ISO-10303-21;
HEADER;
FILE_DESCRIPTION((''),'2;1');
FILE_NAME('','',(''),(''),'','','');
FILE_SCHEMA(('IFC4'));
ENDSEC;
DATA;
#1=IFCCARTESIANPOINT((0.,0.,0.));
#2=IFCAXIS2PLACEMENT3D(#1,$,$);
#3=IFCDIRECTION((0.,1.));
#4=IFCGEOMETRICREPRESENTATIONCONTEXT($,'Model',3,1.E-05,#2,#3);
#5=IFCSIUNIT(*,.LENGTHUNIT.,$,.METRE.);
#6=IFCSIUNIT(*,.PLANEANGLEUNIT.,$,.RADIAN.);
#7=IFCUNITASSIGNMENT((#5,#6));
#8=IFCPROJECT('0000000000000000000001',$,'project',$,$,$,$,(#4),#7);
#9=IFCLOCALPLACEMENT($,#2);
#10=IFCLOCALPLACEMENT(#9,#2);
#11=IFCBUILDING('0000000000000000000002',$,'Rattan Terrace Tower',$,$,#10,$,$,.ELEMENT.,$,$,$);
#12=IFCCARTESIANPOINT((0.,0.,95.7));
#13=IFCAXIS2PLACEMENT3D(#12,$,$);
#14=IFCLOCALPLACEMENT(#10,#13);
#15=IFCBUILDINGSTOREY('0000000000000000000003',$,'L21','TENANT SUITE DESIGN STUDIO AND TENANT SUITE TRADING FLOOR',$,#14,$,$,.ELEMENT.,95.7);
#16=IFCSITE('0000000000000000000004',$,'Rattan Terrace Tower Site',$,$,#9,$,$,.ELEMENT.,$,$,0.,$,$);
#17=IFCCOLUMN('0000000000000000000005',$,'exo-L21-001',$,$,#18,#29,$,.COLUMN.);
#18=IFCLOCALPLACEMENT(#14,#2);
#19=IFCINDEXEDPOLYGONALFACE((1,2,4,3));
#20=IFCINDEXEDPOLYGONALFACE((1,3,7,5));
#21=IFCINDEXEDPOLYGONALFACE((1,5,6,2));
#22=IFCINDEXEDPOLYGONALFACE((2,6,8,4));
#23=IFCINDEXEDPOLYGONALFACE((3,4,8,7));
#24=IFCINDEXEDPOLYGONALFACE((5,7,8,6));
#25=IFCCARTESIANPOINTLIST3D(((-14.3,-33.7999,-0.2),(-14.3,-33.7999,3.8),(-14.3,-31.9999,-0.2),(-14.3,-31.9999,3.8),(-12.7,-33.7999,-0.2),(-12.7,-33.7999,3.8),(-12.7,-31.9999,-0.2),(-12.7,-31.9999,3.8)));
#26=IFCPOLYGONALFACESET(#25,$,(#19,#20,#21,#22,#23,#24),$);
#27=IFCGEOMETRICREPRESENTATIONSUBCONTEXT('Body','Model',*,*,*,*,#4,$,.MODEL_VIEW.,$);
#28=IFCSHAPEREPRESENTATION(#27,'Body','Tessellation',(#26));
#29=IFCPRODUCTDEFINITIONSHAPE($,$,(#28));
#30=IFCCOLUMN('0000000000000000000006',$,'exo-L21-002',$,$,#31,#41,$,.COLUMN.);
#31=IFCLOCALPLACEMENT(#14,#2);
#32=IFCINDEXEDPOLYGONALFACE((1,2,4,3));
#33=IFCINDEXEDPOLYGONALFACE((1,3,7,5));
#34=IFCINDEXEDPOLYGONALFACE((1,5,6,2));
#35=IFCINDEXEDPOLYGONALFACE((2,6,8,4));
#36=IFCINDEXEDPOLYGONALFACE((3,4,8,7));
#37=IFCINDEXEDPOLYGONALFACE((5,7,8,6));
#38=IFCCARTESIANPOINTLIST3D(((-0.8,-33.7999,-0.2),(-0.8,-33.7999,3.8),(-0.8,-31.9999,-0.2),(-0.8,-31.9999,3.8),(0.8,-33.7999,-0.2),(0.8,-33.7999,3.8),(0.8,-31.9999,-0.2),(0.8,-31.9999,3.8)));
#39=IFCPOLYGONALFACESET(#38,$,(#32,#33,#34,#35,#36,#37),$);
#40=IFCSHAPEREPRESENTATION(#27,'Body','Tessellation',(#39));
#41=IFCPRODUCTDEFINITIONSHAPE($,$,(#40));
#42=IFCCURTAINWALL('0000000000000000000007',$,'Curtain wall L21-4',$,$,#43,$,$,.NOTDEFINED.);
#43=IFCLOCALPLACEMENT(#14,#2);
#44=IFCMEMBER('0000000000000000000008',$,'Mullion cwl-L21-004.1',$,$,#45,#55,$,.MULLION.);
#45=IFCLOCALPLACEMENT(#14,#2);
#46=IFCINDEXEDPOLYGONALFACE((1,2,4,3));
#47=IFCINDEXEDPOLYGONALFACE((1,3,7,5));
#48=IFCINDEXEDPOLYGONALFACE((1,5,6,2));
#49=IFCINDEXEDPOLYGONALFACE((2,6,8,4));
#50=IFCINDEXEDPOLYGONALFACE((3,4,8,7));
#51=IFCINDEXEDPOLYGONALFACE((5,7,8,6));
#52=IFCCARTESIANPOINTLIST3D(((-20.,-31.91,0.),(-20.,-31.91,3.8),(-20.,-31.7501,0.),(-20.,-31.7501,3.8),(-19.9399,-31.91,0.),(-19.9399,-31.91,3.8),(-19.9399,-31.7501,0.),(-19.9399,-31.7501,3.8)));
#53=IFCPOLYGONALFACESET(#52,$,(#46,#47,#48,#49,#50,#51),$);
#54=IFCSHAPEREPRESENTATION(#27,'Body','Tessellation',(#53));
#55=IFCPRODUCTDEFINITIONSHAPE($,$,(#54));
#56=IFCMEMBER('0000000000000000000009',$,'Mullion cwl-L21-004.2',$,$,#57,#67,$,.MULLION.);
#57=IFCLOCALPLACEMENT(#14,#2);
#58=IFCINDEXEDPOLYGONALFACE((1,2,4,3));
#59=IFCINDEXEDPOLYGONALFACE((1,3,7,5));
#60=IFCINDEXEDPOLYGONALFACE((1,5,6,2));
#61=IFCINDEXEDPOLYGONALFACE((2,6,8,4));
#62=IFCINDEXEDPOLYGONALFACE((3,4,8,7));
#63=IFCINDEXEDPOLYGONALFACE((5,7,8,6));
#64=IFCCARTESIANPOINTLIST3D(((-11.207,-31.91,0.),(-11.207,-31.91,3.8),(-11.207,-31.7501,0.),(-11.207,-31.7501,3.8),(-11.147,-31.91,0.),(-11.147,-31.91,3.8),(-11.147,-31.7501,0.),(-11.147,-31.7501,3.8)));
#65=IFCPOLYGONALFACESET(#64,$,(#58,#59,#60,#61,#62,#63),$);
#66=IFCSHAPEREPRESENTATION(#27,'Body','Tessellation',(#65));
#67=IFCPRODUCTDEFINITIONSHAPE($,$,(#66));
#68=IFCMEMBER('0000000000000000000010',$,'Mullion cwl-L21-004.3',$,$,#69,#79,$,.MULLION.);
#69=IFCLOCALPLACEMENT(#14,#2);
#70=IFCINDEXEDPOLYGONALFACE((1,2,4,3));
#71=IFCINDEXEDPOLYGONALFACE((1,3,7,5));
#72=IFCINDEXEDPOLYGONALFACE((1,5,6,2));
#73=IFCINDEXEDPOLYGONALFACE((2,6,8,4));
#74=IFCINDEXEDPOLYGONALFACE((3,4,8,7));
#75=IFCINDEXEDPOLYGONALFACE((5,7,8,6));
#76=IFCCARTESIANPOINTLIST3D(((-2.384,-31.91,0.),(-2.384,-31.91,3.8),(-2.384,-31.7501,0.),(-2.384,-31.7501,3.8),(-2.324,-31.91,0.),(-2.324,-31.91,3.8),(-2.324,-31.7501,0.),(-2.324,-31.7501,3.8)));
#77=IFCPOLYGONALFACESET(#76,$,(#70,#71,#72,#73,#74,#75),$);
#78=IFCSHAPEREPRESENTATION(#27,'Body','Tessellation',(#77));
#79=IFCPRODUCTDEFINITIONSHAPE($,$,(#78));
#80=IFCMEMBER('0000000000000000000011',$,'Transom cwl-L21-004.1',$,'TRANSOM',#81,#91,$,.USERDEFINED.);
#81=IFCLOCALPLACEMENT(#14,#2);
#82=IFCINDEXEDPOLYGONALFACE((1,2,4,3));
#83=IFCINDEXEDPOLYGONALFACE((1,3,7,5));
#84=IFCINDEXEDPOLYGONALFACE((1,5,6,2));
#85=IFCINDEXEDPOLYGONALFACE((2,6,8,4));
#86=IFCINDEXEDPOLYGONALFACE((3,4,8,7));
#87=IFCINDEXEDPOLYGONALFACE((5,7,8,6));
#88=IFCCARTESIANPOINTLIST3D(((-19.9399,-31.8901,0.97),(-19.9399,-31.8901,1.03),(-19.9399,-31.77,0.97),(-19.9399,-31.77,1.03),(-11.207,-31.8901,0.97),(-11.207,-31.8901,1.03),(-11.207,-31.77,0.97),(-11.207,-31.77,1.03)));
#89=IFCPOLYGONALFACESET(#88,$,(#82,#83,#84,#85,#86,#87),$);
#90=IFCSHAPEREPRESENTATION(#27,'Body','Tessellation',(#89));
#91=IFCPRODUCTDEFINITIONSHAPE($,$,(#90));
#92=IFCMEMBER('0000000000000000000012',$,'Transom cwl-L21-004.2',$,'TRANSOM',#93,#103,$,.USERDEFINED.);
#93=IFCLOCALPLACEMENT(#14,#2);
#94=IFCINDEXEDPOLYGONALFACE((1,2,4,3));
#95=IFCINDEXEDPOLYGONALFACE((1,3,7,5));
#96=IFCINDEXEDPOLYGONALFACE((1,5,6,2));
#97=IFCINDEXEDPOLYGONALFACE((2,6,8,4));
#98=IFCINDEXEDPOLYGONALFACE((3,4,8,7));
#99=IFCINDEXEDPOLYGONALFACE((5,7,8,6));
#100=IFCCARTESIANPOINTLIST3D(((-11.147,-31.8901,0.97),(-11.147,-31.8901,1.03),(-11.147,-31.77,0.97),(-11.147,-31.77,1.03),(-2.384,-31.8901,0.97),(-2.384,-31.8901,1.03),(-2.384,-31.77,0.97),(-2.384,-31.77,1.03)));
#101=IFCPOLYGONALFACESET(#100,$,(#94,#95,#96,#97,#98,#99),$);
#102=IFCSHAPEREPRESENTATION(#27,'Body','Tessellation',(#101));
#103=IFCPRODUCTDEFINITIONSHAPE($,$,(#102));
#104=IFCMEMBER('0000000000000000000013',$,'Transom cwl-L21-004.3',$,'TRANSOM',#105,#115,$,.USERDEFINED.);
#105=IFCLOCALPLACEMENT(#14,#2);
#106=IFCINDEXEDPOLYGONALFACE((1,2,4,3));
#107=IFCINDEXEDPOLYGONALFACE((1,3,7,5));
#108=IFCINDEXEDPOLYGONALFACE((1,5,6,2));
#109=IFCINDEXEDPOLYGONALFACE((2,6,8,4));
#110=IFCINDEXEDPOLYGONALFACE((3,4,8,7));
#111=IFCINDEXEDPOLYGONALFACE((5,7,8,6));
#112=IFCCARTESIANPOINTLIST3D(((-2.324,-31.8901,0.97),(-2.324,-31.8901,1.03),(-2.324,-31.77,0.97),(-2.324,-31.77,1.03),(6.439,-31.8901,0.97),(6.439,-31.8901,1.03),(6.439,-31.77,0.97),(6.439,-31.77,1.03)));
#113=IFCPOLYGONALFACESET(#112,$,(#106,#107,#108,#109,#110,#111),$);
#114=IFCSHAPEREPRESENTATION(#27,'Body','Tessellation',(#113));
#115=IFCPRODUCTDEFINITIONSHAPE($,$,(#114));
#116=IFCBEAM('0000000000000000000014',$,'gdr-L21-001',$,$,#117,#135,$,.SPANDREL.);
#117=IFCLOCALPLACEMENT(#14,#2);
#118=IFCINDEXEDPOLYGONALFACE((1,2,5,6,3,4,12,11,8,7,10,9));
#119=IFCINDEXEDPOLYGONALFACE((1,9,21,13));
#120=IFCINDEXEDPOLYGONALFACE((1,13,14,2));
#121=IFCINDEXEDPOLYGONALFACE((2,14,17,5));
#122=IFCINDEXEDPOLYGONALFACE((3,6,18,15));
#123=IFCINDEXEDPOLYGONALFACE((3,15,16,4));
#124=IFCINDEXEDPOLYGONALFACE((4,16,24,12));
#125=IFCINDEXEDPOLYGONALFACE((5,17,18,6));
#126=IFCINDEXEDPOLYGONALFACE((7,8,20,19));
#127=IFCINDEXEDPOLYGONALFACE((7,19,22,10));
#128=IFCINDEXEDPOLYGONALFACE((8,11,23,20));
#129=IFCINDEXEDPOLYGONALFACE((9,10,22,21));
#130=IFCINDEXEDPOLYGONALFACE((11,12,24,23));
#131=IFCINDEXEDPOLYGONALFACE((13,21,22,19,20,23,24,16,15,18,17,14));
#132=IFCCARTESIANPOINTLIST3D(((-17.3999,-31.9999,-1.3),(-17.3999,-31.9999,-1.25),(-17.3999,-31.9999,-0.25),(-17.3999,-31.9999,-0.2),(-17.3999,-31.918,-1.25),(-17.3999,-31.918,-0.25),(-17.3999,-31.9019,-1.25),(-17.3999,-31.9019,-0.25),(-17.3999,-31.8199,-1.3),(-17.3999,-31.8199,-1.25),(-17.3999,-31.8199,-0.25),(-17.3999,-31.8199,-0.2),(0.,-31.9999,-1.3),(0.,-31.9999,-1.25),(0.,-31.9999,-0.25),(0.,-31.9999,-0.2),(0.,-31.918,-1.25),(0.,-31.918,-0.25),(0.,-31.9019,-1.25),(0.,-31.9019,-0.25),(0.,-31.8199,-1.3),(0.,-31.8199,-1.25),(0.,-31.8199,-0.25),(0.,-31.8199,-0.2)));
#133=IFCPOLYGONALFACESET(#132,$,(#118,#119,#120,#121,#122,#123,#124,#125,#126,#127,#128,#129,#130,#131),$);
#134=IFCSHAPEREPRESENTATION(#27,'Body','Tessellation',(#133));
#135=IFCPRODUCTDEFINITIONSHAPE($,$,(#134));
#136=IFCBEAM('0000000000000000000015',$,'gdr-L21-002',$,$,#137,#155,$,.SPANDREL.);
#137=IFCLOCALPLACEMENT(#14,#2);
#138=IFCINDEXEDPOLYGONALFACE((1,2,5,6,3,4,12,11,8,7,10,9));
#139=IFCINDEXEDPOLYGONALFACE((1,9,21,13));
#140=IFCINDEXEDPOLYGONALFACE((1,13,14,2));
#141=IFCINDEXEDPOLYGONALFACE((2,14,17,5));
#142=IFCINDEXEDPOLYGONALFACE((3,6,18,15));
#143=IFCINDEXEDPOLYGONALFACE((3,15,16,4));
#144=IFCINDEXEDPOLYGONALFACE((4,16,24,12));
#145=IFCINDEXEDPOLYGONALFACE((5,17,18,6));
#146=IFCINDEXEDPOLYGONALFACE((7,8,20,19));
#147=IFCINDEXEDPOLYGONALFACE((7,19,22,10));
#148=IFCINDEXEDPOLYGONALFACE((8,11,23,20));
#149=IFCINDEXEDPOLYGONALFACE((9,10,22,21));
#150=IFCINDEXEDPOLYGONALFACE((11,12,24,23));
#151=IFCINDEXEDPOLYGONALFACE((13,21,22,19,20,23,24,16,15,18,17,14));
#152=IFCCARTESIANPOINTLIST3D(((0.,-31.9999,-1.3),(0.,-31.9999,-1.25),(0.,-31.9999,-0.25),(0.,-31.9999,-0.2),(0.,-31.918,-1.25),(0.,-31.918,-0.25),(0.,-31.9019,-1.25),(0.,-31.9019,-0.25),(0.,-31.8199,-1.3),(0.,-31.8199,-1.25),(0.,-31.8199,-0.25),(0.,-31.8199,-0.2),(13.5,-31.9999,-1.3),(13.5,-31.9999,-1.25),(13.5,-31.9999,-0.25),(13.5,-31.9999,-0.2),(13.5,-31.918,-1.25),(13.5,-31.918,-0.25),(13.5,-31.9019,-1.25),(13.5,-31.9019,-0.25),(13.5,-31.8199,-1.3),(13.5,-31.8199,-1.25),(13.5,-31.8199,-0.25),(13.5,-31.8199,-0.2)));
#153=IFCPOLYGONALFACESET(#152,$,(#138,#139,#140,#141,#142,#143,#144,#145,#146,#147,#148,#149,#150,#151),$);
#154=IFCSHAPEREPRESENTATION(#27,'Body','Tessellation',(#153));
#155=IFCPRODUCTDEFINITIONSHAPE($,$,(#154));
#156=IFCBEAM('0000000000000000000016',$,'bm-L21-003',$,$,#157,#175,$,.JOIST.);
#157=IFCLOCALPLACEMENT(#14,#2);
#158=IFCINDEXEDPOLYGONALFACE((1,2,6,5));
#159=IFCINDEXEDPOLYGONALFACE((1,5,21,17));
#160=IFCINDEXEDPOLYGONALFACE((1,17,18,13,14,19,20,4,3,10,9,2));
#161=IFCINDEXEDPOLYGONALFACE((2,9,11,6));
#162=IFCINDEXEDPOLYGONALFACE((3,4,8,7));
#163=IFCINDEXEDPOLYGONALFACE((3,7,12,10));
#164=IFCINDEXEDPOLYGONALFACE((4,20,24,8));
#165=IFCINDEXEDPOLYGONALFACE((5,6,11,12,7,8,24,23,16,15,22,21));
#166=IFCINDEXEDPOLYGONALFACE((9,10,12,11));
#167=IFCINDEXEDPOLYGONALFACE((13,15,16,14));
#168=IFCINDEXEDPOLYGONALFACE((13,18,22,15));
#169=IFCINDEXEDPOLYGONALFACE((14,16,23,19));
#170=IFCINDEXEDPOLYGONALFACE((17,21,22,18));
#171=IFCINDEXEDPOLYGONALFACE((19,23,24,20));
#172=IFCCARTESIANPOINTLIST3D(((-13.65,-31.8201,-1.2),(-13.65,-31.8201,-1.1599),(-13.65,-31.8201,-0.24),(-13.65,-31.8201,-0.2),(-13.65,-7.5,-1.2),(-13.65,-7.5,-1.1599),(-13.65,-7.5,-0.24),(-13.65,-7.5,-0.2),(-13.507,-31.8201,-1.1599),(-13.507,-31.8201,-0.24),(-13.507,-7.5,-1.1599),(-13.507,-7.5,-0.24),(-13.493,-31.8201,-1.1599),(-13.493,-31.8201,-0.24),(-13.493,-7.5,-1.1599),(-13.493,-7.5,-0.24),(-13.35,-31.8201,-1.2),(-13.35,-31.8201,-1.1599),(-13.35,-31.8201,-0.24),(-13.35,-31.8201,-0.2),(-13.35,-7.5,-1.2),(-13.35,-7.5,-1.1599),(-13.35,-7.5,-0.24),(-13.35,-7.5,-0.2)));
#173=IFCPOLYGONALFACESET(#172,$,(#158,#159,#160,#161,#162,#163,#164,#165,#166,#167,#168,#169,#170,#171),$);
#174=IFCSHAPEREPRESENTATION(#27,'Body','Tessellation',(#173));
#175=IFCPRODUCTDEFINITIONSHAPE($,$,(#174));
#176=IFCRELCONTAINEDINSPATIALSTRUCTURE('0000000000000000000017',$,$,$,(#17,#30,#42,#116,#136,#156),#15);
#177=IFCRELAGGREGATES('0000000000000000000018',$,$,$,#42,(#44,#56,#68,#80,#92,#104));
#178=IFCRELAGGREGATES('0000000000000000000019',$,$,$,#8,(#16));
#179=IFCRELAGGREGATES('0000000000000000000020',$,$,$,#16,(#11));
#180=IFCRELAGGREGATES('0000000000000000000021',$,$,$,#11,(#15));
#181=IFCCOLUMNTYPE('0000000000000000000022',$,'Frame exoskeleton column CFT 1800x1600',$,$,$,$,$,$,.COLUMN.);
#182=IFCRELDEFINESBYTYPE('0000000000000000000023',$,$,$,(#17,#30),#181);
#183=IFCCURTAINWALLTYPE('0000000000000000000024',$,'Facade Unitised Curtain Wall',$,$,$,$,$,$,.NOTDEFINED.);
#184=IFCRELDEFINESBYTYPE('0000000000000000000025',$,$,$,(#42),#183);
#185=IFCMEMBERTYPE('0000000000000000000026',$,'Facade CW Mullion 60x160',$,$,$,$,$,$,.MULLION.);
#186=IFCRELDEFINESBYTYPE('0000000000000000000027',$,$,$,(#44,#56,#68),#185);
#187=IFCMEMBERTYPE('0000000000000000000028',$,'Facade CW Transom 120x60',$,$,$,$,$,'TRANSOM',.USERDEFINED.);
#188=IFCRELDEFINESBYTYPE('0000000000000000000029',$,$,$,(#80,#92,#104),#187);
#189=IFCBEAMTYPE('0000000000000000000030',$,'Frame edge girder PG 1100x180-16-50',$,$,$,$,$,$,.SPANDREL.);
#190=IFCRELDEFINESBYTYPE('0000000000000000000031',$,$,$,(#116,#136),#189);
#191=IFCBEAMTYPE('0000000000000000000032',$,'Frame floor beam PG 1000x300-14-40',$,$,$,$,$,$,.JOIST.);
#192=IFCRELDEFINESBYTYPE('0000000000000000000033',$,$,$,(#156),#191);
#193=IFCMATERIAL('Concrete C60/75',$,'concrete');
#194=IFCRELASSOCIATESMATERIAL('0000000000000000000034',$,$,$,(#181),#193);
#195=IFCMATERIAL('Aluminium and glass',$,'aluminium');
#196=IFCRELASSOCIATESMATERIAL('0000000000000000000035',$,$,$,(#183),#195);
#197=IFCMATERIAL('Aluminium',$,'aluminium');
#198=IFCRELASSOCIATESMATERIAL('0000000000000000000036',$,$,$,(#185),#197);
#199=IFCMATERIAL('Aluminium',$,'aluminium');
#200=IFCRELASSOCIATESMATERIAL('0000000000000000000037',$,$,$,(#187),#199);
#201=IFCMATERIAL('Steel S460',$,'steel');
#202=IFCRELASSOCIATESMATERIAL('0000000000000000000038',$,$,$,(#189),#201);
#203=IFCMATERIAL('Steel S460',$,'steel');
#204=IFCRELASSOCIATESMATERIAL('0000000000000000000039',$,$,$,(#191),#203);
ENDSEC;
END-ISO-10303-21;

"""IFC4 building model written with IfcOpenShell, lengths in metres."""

from ifc_helpers import new_model, si_unit, direction, frame, origin, origin_2d, place, context, subcontext, project, spatial, rectangle, i_section, extrude, material, material_profile, profile_set, type_object, element, aggregate, save


model = new_model("IFC4")

# Units and contexts
model_context = context("Model", 3, precision=1e-05, world=origin(), true_north=direction((0.0, 1.0)))
body_context = subcontext(model_context, "Body", "Model", "MODEL_VIEW")
ifc_project = project(units=[si_unit("LENGTHUNIT", "METRE"), si_unit("PLANEANGLEUNIT", "RADIAN")], contexts=[model_context])

# Site, building, storey
site_placement = place(None, origin())
site = spatial("IfcSite", under=ifc_project, at=site_placement, Name="Rattan Terrace Tower Site", CompositionType="ELEMENT", RefElevation=0.0)
building_placement = place(site_placement, origin())
building = spatial("IfcBuilding", under=site, at=building_placement, Name="Rattan Terrace Tower", CompositionType="ELEMENT")
storey_placement = place(building_placement, frame((0.0, 0.0, 95.7)))
storey = spatial("IfcBuildingStorey", under=building, at=storey_placement, Name="L21", Description="TENANT SUITE DESIGN STUDIO AND TENANT SUITE TRADING FLOOR", CompositionType="ELEMENT", Elevation=95.7)

# Columns
ifc_material_1 = material(Name="Concrete C60/75", Category="concrete")
ifc_material_profile_1 = material_profile(ifc_material_1, rectangle(XDim=1.6001, YDim=1.8, at=origin_2d()), Name="CFT 1800x1600")
ifc_profile_set_1 = profile_set([ifc_material_profile_1], Name="Concrete C60/75")
column_type = type_object("IfcColumnType", Name="Frame exoskeleton column CFT 1800x1600", PredefinedType="COLUMN", material=ifc_profile_set_1)
for number, where, z_axis, x_axis, name in (
    (1, (-13.5, -32.8999, -0.2), (0.0, 0.0, 1.0), (1.0, 0.0, 0.0), "exo-L21-001"),
    (2, (0.0, -32.8999, -0.2), (0.0, 0.0, 1.0), (1.0, 0.0, 0.0), "exo-L21-002"),
):
    element("IfcColumn", number, at=place(storey_placement, frame(where, z_axis=z_axis, x_axis=x_axis)), inside=storey, type_object=column_type, Name=name, PredefinedType="COLUMN", context=body_context, shape_type="SweptSolid", body=[
        extrude(rectangle(XDim=1.6001, YDim=1.8, at=origin_2d()), origin(), (0.0, 0.0, 1.0), 4.0),
    ])

# Curtain wall, members
ifc_material_2 = material(Name="Aluminium and glass", Category="aluminium")
curtain_wall_type = type_object("IfcCurtainWallType", Name="Facade Unitised Curtain Wall", PredefinedType="NOTDEFINED", material=ifc_material_2)
curtain_wall_placement = place(storey_placement, origin())
curtain_wall = element("IfcCurtainWall", 3, at=curtain_wall_placement, inside=storey, type_object=curtain_wall_type, Name="Curtain wall L21-4", PredefinedType="NOTDEFINED")
ifc_material_3 = material(Name="Aluminium", Category="aluminium")
ifc_material_profile_2 = material_profile(ifc_material_3, rectangle(XDim=0.0601, YDim=0.1599, at=origin_2d()), Name="Aluminium 60x160")
ifc_profile_set_2 = profile_set([ifc_material_profile_2], Name="Aluminium")
member_type_1 = type_object("IfcMemberType", Name="Facade CW Mullion 60x160", PredefinedType="MULLION", material=ifc_profile_set_2)
member_1_placement = place(storey_placement, frame((-19.97, -31.8301, 0.0), z_axis=(0.0, 0.0, 1.0), x_axis=(1.0, 0.0, 0.0)))
member_1 = element("IfcMember", 4, at=member_1_placement, type_object=member_type_1, Name="Mullion cwl-L21-004.1", PredefinedType="MULLION", context=body_context, shape_type="SweptSolid", body=[
    extrude(rectangle(XDim=0.0601, YDim=0.1599, at=origin_2d()), origin(), (0.0, 0.0, 1.0), 3.8),
])
member_2_placement = place(storey_placement, frame((-11.177, -31.8301, 0.0), z_axis=(0.0, 0.0, 1.0), x_axis=(1.0, 0.0, 0.0)))
member_2 = element("IfcMember", 5, at=member_2_placement, type_object=member_type_1, Name="Mullion cwl-L21-004.2", PredefinedType="MULLION", context=body_context, shape_type="SweptSolid", body=[
    extrude(rectangle(XDim=0.0601, YDim=0.1599, at=origin_2d()), origin(), (0.0, 0.0, 1.0), 3.8),
])
member_3_placement = place(storey_placement, frame((-2.354, -31.8301, 0.0), z_axis=(0.0, 0.0, 1.0), x_axis=(1.0, 0.0, 0.0)))
member_3 = element("IfcMember", 6, at=member_3_placement, type_object=member_type_1, Name="Mullion cwl-L21-004.3", PredefinedType="MULLION", context=body_context, shape_type="SweptSolid", body=[
    extrude(rectangle(XDim=0.0601, YDim=0.1599, at=origin_2d()), origin(), (0.0, 0.0, 1.0), 3.8),
])
ifc_material_4 = material(Name="Aluminium", Category="aluminium")
ifc_material_profile_3 = material_profile(ifc_material_4, rectangle(XDim=0.1201, YDim=0.0601, at=origin_2d()), Name="Aluminium 120x60")
ifc_profile_set_3 = profile_set([ifc_material_profile_3], Name="Aluminium")
member_type_2 = type_object("IfcMemberType", Name="Facade CW Transom 120x60", ElementType="TRANSOM", PredefinedType="USERDEFINED", material=ifc_profile_set_3)
member_4_placement = place(storey_placement, frame((-19.9399, -31.8301, 1.0), z_axis=(1.0, 0.0, 0.0), x_axis=(0.0, 1.0, 0.0)))
member_4 = element("IfcMember", 7, at=member_4_placement, type_object=member_type_2, Name="Transom cwl-L21-004.1", ObjectType="TRANSOM", PredefinedType="USERDEFINED", context=body_context, shape_type="SweptSolid", body=[
    extrude(rectangle(XDim=0.1201, YDim=0.0601, at=origin_2d()), origin(), (0.0, 0.0, 1.0), 8.7329),
])
member_5_placement = place(storey_placement, frame((-11.147, -31.8301, 1.0), z_axis=(1.0, 0.0, 0.0), x_axis=(0.0, 1.0, 0.0)))
member_5 = element("IfcMember", 8, at=member_5_placement, type_object=member_type_2, Name="Transom cwl-L21-004.2", ObjectType="TRANSOM", PredefinedType="USERDEFINED", context=body_context, shape_type="SweptSolid", body=[
    extrude(rectangle(XDim=0.1201, YDim=0.0601, at=origin_2d()), origin(), (0.0, 0.0, 1.0), 8.7629),
])
member_6_placement = place(storey_placement, frame((-2.324, -31.8301, 1.0), z_axis=(1.0, 0.0, 0.0), x_axis=(0.0, 1.0, 0.0)))
member_6 = element("IfcMember", 9, at=member_6_placement, type_object=member_type_2, Name="Transom cwl-L21-004.3", ObjectType="TRANSOM", PredefinedType="USERDEFINED", context=body_context, shape_type="SweptSolid", body=[
    extrude(rectangle(XDim=0.1201, YDim=0.0601, at=origin_2d()), origin(), (0.0, 0.0, 1.0), 8.7629),
])

# Beams
ifc_material_5 = material(Name="Steel S460", Category="steel")
ifc_material_profile_4 = material_profile(ifc_material_5, i_section(OverallWidth=0.1799, OverallDepth=1.1001, WebThickness=0.0161, FlangeThickness=0.05, at=origin_2d()), Name="PG 1100x180-16-50")
ifc_profile_set_4 = profile_set([ifc_material_profile_4], Name="Steel S460")
beam_type_1 = type_object("IfcBeamType", Name="Frame edge girder PG 1100x180-16-50", PredefinedType="SPANDREL", material=ifc_profile_set_4)
beam_1_placement = place(storey_placement, frame((-17.3999, -31.9099, -0.75), z_axis=(1.0, 0.0, 0.0), x_axis=(0.0, 1.0, 0.0)))
element("IfcBeam", 10, at=beam_1_placement, inside=storey, type_object=beam_type_1, Name="gdr-L21-001", PredefinedType="SPANDREL", context=body_context, shape_type="SweptSolid", body=[
    extrude(i_section(OverallWidth=0.1799, OverallDepth=1.1001, WebThickness=0.0161, FlangeThickness=0.05, at=origin_2d()), origin(), (0.0, 0.0, 1.0), 17.3999),
])
beam_2_placement = place(storey_placement, frame((0.0, -31.9099, -0.75), z_axis=(1.0, 0.0, 0.0), x_axis=(0.0, 1.0, 0.0)))
element("IfcBeam", 11, at=beam_2_placement, inside=storey, type_object=beam_type_1, Name="gdr-L21-002", PredefinedType="SPANDREL", context=body_context, shape_type="SweptSolid", body=[
    extrude(i_section(OverallWidth=0.1799, OverallDepth=1.1001, WebThickness=0.0161, FlangeThickness=0.05, at=origin_2d()), origin(), (0.0, 0.0, 1.0), 13.5),
])
ifc_material_6 = material(Name="Steel S460", Category="steel")
ifc_material_profile_5 = material_profile(ifc_material_6, i_section(OverallWidth=0.3, OverallDepth=1.0, WebThickness=0.0139, FlangeThickness=0.04, at=origin_2d()), Name="PG 1000x300-14-40")
ifc_profile_set_5 = profile_set([ifc_material_profile_5], Name="Steel S460")
beam_type_2 = type_object("IfcBeamType", Name="Frame floor beam PG 1000x300-14-40", PredefinedType="JOIST", material=ifc_profile_set_5)
for number, where, z_axis, x_axis, name in (
    (12, (-13.5, -31.8201, -0.7), (0.0, 1.0, 0.0), (-1.0, 0.0, 0.0), "bm-L21-003"),
):
    element("IfcBeam", number, at=place(storey_placement, frame(where, z_axis=z_axis, x_axis=x_axis)), inside=storey, type_object=beam_type_2, Name=name, PredefinedType="JOIST", context=body_context, shape_type="SweptSolid", body=[
        extrude(i_section(OverallWidth=0.3, OverallDepth=1.0, WebThickness=0.0139, FlangeThickness=0.04, at=origin_2d()), origin(), (0.0, 0.0, 1.0), 24.3201),
    ])

aggregate(curtain_wall, [member_1, member_2, member_3, member_4, member_5, member_6])

save(model, "model.ifc")
